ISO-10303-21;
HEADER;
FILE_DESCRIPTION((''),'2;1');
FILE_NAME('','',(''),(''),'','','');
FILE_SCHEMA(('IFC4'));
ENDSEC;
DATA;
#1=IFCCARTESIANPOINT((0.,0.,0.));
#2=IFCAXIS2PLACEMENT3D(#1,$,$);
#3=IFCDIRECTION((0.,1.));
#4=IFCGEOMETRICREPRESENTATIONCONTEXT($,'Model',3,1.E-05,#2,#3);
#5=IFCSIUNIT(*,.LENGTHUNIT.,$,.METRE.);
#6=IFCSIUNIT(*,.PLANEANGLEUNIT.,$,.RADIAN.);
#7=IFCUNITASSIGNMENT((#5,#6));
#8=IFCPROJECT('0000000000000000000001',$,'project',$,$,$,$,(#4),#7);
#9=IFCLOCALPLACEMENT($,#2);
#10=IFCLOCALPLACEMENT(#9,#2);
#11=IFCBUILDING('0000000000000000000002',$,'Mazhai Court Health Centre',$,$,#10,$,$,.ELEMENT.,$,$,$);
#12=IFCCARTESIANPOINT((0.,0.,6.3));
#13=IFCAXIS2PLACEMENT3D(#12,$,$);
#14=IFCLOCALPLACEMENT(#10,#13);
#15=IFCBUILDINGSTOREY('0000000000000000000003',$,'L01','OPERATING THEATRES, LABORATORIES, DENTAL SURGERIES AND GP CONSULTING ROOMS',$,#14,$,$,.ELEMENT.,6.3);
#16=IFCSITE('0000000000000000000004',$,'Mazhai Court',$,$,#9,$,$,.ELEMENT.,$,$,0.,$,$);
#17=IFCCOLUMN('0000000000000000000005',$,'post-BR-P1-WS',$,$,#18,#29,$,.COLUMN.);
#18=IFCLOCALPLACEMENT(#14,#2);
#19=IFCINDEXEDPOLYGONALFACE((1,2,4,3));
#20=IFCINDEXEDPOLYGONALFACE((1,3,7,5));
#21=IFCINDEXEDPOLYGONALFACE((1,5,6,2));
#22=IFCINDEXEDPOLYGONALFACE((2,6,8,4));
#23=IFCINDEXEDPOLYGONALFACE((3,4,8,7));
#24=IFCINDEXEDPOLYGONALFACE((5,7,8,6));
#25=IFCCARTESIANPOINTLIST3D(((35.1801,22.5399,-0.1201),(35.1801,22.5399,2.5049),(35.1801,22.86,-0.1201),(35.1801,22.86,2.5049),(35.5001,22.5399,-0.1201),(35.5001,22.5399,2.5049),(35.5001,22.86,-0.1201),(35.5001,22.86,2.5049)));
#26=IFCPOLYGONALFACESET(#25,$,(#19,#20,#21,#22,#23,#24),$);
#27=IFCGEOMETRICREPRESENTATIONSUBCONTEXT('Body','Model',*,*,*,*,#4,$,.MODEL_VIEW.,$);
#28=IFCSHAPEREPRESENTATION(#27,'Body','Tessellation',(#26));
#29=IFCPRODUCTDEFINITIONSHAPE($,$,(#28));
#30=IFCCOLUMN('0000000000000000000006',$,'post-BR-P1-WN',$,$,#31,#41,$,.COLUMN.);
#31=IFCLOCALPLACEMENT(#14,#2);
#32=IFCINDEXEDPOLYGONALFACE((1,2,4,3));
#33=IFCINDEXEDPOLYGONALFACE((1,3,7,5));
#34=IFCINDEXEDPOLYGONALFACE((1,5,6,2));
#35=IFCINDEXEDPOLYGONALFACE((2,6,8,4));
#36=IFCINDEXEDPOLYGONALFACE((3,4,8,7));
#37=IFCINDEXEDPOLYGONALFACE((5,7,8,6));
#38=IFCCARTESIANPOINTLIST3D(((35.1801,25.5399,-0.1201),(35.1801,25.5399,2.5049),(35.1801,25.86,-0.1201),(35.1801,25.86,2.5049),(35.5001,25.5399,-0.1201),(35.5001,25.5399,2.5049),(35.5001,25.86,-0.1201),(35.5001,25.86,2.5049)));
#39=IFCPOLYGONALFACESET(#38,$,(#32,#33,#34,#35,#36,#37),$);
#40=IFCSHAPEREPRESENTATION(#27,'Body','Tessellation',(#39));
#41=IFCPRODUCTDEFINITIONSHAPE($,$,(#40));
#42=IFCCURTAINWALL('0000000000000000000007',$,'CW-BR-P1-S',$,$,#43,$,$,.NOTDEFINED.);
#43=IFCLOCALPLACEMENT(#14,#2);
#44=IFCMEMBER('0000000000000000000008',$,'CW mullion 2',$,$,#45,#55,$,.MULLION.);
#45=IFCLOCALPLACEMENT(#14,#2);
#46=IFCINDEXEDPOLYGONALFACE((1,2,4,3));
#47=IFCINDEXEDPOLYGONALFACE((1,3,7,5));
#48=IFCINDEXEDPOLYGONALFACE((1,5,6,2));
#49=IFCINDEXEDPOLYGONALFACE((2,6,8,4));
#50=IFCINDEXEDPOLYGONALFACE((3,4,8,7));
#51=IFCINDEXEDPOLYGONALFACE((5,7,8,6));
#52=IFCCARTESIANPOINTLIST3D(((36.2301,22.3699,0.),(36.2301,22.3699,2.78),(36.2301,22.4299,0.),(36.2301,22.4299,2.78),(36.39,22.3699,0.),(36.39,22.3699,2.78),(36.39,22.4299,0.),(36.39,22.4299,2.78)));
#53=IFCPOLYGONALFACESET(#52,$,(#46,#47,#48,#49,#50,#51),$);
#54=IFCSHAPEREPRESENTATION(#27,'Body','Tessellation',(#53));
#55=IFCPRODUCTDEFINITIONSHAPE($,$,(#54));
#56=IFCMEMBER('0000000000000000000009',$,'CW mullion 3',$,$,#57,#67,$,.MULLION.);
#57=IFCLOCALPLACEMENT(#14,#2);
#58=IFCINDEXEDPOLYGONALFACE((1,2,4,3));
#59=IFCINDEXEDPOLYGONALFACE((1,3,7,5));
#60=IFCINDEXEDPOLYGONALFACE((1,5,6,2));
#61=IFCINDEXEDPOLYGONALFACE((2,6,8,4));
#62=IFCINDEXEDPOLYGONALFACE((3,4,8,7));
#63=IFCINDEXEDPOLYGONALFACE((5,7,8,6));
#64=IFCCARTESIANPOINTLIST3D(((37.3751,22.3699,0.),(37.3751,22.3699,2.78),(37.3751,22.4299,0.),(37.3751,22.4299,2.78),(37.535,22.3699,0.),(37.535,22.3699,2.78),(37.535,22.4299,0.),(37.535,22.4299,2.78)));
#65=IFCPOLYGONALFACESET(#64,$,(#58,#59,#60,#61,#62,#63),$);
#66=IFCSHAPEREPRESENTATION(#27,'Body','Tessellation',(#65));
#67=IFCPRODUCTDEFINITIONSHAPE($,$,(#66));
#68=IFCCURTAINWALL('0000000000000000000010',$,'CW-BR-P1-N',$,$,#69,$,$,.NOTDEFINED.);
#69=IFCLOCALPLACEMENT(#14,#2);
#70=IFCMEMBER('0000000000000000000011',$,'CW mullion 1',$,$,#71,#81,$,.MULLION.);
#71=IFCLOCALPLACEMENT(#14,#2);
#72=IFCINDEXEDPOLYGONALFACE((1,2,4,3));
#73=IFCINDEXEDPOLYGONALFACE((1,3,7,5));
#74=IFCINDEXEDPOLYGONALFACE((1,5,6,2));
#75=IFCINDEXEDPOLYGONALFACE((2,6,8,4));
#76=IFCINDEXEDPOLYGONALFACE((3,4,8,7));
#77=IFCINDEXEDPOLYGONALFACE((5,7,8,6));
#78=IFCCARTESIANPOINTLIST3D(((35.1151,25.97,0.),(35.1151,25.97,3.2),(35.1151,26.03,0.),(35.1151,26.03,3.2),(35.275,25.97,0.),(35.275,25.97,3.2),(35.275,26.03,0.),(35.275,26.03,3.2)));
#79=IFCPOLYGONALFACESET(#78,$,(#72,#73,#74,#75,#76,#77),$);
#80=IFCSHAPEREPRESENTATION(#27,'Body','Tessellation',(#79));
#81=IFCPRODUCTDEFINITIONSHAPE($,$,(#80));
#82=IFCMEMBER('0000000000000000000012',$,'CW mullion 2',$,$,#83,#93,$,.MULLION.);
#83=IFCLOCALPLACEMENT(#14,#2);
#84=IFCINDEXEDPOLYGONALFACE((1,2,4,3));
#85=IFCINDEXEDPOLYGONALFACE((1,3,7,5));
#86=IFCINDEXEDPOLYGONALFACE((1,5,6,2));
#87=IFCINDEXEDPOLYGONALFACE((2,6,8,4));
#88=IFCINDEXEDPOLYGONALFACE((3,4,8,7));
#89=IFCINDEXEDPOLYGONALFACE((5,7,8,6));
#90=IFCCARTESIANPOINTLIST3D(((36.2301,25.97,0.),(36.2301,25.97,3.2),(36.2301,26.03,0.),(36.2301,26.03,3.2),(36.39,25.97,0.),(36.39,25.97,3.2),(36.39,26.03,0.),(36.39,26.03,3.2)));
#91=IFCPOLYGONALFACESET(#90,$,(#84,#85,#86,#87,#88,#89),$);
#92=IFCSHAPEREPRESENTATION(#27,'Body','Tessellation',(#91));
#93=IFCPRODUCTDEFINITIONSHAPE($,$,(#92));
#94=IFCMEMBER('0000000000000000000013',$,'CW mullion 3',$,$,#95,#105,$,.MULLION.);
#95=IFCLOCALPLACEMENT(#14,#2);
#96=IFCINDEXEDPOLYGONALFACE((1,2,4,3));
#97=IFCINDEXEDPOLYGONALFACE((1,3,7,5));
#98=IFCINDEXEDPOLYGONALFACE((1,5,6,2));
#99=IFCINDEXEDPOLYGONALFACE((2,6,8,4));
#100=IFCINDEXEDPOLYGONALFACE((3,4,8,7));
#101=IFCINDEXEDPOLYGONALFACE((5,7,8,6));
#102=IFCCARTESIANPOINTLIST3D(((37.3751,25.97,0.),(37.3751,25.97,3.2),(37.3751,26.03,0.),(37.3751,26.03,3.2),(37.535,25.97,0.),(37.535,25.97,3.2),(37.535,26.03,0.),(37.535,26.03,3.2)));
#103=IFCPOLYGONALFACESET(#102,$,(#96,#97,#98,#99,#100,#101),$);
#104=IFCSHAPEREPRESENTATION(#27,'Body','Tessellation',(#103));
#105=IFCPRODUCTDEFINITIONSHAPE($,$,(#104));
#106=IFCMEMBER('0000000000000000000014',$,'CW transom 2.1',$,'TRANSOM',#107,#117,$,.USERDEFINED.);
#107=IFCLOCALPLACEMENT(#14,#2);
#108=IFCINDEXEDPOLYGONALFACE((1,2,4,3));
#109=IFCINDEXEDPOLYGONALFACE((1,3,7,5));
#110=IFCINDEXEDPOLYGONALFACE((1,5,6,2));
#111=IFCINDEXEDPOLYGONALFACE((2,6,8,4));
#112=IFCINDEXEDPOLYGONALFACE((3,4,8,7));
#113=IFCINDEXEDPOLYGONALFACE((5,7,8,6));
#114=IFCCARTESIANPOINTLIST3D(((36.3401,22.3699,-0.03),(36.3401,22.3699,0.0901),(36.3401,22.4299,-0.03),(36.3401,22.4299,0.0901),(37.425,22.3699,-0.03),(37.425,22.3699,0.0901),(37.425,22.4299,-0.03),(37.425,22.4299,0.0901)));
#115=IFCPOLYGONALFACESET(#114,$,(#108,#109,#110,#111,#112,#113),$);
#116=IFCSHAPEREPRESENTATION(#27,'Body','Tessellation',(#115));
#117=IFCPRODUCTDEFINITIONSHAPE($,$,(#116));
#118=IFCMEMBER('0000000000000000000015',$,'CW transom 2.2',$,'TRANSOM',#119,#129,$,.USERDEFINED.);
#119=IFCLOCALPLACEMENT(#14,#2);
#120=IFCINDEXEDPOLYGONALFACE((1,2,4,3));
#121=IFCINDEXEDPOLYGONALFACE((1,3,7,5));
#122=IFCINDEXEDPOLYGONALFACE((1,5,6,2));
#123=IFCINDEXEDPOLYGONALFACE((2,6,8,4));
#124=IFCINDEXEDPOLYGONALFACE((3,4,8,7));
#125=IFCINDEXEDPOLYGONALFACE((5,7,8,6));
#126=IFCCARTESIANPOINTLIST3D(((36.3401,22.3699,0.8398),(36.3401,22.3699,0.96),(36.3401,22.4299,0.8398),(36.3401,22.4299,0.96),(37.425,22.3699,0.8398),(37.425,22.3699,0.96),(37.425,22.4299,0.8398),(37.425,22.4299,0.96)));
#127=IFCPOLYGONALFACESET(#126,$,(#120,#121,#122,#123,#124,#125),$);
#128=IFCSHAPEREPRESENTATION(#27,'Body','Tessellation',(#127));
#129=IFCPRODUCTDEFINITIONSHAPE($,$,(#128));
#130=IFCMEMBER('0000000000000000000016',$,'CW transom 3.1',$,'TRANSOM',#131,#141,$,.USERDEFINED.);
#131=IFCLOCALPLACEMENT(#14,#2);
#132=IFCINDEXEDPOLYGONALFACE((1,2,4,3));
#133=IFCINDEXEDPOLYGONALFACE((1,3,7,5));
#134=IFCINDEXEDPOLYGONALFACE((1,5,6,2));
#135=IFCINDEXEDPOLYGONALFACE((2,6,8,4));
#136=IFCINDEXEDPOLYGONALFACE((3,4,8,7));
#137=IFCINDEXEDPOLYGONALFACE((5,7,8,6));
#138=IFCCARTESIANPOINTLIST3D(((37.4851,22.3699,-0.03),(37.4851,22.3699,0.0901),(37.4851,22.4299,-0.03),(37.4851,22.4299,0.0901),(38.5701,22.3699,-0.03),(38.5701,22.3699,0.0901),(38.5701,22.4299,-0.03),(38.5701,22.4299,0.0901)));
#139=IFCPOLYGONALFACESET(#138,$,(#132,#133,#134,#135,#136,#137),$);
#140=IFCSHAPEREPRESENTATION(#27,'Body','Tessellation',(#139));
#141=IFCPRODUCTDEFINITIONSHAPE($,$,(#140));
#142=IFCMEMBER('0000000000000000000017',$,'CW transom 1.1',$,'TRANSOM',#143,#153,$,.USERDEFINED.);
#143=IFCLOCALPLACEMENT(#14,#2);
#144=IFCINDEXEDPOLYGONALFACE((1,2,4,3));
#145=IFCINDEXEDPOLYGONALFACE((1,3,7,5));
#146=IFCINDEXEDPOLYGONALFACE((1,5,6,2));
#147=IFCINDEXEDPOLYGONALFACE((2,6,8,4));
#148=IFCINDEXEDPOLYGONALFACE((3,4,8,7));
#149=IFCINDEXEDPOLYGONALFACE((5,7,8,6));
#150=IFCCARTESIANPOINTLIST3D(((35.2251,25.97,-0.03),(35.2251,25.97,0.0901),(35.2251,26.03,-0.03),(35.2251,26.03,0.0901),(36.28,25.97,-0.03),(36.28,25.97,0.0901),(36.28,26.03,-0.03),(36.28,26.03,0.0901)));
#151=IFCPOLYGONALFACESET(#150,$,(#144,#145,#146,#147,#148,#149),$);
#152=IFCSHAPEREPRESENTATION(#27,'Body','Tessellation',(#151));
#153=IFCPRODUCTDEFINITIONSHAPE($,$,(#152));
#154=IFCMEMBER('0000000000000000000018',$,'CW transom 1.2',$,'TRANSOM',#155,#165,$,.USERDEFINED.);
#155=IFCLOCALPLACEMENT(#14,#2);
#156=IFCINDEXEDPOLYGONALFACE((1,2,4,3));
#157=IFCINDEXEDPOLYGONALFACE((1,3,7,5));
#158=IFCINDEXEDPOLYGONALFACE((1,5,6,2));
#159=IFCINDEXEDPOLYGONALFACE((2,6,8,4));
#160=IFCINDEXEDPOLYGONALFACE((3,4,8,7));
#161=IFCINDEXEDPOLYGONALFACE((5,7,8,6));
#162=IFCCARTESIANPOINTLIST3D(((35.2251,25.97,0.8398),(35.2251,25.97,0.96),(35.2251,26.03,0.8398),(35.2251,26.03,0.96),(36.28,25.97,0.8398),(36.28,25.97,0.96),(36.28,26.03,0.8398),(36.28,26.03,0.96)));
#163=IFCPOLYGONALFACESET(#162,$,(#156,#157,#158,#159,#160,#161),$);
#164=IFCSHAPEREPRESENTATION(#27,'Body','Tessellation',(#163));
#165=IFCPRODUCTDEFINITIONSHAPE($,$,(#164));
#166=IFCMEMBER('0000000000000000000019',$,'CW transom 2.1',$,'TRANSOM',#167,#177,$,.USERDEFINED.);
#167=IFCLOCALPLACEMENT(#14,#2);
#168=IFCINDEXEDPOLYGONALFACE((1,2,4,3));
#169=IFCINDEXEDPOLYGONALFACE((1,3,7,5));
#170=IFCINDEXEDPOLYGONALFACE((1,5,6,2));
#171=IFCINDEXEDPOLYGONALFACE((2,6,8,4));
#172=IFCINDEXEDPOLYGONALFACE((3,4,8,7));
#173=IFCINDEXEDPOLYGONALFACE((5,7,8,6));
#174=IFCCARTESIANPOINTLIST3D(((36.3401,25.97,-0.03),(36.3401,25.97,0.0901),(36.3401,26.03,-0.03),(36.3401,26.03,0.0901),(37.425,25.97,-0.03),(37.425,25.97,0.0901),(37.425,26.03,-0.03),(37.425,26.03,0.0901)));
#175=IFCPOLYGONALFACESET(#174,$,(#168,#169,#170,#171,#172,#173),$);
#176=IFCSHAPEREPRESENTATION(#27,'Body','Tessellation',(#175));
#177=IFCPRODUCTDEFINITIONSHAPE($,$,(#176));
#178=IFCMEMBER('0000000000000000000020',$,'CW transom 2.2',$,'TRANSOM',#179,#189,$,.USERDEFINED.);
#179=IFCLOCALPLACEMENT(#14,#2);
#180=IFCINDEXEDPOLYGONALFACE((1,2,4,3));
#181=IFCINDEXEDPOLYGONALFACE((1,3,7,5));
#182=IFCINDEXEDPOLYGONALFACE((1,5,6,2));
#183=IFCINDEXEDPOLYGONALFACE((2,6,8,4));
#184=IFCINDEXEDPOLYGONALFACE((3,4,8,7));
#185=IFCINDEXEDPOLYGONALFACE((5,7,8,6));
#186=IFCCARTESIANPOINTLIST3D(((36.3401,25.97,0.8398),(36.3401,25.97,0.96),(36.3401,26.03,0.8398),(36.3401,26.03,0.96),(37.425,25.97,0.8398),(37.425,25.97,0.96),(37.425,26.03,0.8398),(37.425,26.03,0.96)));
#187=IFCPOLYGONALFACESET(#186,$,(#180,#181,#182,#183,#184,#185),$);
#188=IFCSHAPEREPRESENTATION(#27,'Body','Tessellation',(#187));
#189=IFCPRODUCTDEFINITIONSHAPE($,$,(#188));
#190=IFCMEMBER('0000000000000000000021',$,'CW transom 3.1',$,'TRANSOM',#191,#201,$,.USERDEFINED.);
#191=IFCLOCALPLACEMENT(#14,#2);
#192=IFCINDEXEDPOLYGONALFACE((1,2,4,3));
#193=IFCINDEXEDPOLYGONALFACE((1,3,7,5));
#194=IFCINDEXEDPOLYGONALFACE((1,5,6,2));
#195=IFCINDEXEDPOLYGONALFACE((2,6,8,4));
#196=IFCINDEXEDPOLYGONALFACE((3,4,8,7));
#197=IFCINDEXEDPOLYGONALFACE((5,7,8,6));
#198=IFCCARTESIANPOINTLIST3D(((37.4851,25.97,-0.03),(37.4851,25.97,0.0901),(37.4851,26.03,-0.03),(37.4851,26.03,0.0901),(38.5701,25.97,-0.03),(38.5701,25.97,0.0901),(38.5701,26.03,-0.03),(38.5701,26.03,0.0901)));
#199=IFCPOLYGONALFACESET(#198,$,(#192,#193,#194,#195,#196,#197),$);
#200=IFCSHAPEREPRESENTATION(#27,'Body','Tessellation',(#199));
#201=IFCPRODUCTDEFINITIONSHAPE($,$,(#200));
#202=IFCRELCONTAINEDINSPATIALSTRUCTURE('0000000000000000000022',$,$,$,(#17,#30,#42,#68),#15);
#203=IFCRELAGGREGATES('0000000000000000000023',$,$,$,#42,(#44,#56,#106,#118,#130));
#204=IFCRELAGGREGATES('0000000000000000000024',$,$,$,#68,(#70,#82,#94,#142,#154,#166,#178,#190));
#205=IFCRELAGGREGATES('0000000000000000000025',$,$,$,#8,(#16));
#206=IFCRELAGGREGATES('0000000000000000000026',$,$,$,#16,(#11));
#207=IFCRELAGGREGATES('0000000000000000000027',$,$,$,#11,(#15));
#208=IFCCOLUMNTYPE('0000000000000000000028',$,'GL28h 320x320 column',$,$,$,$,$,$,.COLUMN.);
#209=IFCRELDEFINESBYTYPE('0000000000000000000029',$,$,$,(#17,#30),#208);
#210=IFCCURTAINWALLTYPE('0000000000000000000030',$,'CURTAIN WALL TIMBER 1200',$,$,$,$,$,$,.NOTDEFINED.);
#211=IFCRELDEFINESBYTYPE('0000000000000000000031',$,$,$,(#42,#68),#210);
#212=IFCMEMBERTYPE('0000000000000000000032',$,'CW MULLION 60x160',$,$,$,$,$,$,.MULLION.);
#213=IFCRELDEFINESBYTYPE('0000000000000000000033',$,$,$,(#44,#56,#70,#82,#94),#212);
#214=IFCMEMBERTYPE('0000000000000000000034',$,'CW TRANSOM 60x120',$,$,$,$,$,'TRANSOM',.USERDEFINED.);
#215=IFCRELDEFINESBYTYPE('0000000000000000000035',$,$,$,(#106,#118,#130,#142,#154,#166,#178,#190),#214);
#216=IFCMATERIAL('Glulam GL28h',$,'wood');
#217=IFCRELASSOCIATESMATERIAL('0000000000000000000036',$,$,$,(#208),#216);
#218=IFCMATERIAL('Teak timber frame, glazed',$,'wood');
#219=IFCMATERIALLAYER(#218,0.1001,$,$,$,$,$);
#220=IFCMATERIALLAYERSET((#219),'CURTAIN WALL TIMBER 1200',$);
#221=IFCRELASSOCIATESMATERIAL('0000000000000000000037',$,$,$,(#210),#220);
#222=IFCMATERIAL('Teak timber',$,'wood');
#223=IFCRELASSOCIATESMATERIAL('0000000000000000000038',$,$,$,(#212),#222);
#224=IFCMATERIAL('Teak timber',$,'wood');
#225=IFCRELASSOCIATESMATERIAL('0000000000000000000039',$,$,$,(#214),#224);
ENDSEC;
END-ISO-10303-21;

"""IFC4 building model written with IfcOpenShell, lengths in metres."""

from ifc_helpers import new_model, si_unit, direction, frame, origin, origin_2d, place, context, subcontext, project, spatial, rectangle, extrude, material, layer, layer_set, material_profile, profile_set, type_object, element, aggregate, save


model = new_model("IFC4")

# Units and contexts
model_context = context("Model", 3, precision=1e-05, world=origin(), true_north=direction((0.0, 1.0)))
body_context = subcontext(model_context, "Body", "Model", "MODEL_VIEW")
ifc_project = project(units=[si_unit("LENGTHUNIT", "METRE"), si_unit("PLANEANGLEUNIT", "RADIAN")], contexts=[model_context])

# Site, building, storey
site_placement = place(None, origin())
site = spatial("IfcSite", under=ifc_project, at=site_placement, Name="Mazhai Court", CompositionType="ELEMENT", RefElevation=0.0)
building_placement = place(site_placement, origin())
building = spatial("IfcBuilding", under=site, at=building_placement, Name="Mazhai Court Health Centre", CompositionType="ELEMENT")
storey_placement = place(building_placement, frame((0.0, 0.0, 6.3)))
storey = spatial("IfcBuildingStorey", under=building, at=storey_placement, Name="L01", Description="OPERATING THEATRES, LABORATORIES, DENTAL SURGERIES AND GP CONSULTING ROOMS", CompositionType="ELEMENT", Elevation=6.3)

# Columns
ifc_material_1 = material(Name="Glulam GL28h", Category="wood")
ifc_material_profile_1 = material_profile(ifc_material_1, rectangle(XDim=0.3201, YDim=0.3201, at=origin_2d()), Name="GL28h 320x320")
ifc_profile_set_1 = profile_set([ifc_material_profile_1], Name="Glulam GL28h")
column_type = type_object("IfcColumnType", Name="GL28h 320x320 column", PredefinedType="COLUMN", material=ifc_profile_set_1)
for number, where, z_axis, x_axis, name in (
    (1, (35.3401, 22.7, -0.1201), (0.0, 0.0, 1.0), (1.0, 0.0, 0.0), "post-BR-P1-WS"),
    (2, (35.3401, 25.7, -0.1201), (0.0, 0.0, 1.0), (1.0, 0.0, 0.0), "post-BR-P1-WN"),
):
    element("IfcColumn", number, at=place(storey_placement, frame(where, z_axis=z_axis, x_axis=x_axis)), inside=storey, type_object=column_type, Name=name, PredefinedType="COLUMN", context=body_context, shape_type="SweptSolid", body=[
        extrude(rectangle(XDim=0.3201, YDim=0.3201, at=origin_2d()), origin(), (0.0, 0.0, 1.0), 2.625),
    ])

# Curtain walls, members
ifc_material_2 = material(Name="Teak timber frame, glazed", Category="wood")
ifc_layer_1 = layer(ifc_material_2, 0.1001)
ifc_layer_set_1 = layer_set([ifc_layer_1], Name="CURTAIN WALL TIMBER 1200")
curtain_wall_type = type_object("IfcCurtainWallType", Name="CURTAIN WALL TIMBER 1200", PredefinedType="NOTDEFINED", material=ifc_layer_set_1)
curtain_wall_1_placement = place(storey_placement, origin())
curtain_wall_1 = element("IfcCurtainWall", 3, at=curtain_wall_1_placement, inside=storey, type_object=curtain_wall_type, Name="CW-BR-P1-S", PredefinedType="NOTDEFINED")
ifc_material_3 = material(Name="Teak timber", Category="wood")
ifc_material_profile_2 = material_profile(ifc_material_3, rectangle(XDim=0.0601, YDim=0.1599, at=origin_2d()), Name="CW MULLION 60x160")
ifc_profile_set_2 = profile_set([ifc_material_profile_2], Name="Teak timber")
member_type_1 = type_object("IfcMemberType", Name="CW MULLION 60x160", PredefinedType="MULLION", material=ifc_profile_set_2)
member_1_placement = place(storey_placement, frame((36.3101, 22.3999, 0.0), z_axis=(0.0, 0.0, 1.0), x_axis=(0.0, 1.0, 0.0)))
member_1 = element("IfcMember", 4, at=member_1_placement, type_object=member_type_1, Name="CW mullion 2", PredefinedType="MULLION", context=body_context, shape_type="SweptSolid", body=[
    extrude(rectangle(XDim=0.0601, YDim=0.1599, at=origin_2d()), origin(), (0.0, 0.0, 1.0), 2.78),
])
member_2_placement = place(storey_placement, frame((37.4551, 22.3999, 0.0), z_axis=(0.0, 0.0, 1.0), x_axis=(0.0, 1.0, 0.0)))
member_2 = element("IfcMember", 5, at=member_2_placement, type_object=member_type_1, Name="CW mullion 3", PredefinedType="MULLION", context=body_context, shape_type="SweptSolid", body=[
    extrude(rectangle(XDim=0.0601, YDim=0.1599, at=origin_2d()), origin(), (0.0, 0.0, 1.0), 2.78),
])
curtain_wall_2_placement = place(storey_placement, origin())
curtain_wall_2 = element("IfcCurtainWall", 6, at=curtain_wall_2_placement, inside=storey, type_object=curtain_wall_type, Name="CW-BR-P1-N", PredefinedType="NOTDEFINED")
member_3_placement = place(storey_placement, frame((35.1951, 26.0, 0.0), z_axis=(0.0, 0.0, 1.0), x_axis=(0.0, 1.0, 0.0)))
member_3 = element("IfcMember", 7, at=member_3_placement, type_object=member_type_1, Name="CW mullion 1", PredefinedType="MULLION", context=body_context, shape_type="SweptSolid", body=[
    extrude(rectangle(XDim=0.0601, YDim=0.1599, at=origin_2d()), origin(), (0.0, 0.0, 1.0), 3.2),
])
member_4_placement = place(storey_placement, frame((36.3101, 26.0, 0.0), z_axis=(0.0, 0.0, 1.0), x_axis=(0.0, 1.0, 0.0)))
member_4 = element("IfcMember", 8, at=member_4_placement, type_object=member_type_1, Name="CW mullion 2", PredefinedType="MULLION", context=body_context, shape_type="SweptSolid", body=[
    extrude(rectangle(XDim=0.0601, YDim=0.1599, at=origin_2d()), origin(), (0.0, 0.0, 1.0), 3.2),
])
member_5_placement = place(storey_placement, frame((37.4551, 26.0, 0.0), z_axis=(0.0, 0.0, 1.0), x_axis=(0.0, 1.0, 0.0)))
member_5 = element("IfcMember", 9, at=member_5_placement, type_object=member_type_1, Name="CW mullion 3", PredefinedType="MULLION", context=body_context, shape_type="SweptSolid", body=[
    extrude(rectangle(XDim=0.0601, YDim=0.1599, at=origin_2d()), origin(), (0.0, 0.0, 1.0), 3.2),
])

# Members
ifc_material_4 = material(Name="Teak timber", Category="wood")
ifc_material_profile_3 = material_profile(ifc_material_4, rectangle(XDim=0.0601, YDim=0.1201, at=origin_2d()), Name="CW TRANSOM 60x120")
ifc_profile_set_3 = profile_set([ifc_material_profile_3], Name="Teak timber")
member_type_2 = type_object("IfcMemberType", Name="CW TRANSOM 60x120", ElementType="TRANSOM", PredefinedType="USERDEFINED", material=ifc_profile_set_3)
member_6_placement = place(storey_placement, frame((36.3401, 22.3999, 0.03), z_axis=(1.0, 0.0, 0.0), x_axis=(0.0, 1.0, 0.0)))
member_6 = element("IfcMember", 10, at=member_6_placement, type_object=member_type_2, Name="CW transom 2.1", ObjectType="TRANSOM", PredefinedType="USERDEFINED", context=body_context, shape_type="SweptSolid", body=[
    extrude(rectangle(XDim=0.0601, YDim=0.1201, at=origin_2d()), origin(), (0.0, 0.0, 1.0), 1.085),
])
member_7_placement = place(storey_placement, frame((36.3401, 22.3999, 0.8999), z_axis=(1.0, 0.0, 0.0), x_axis=(0.0, 1.0, 0.0)))
member_7 = element("IfcMember", 11, at=member_7_placement, type_object=member_type_2, Name="CW transom 2.2", ObjectType="TRANSOM", PredefinedType="USERDEFINED", context=body_context, shape_type="SweptSolid", body=[
    extrude(rectangle(XDim=0.0601, YDim=0.1201, at=origin_2d()), origin(), (0.0, 0.0, 1.0), 1.085),
])
member_8_placement = place(storey_placement, frame((37.4851, 22.3999, 0.03), z_axis=(1.0, 0.0, 0.0), x_axis=(0.0, 1.0, 0.0)))
member_8 = element("IfcMember", 12, at=member_8_placement, type_object=member_type_2, Name="CW transom 3.1", ObjectType="TRANSOM", PredefinedType="USERDEFINED", context=body_context, shape_type="SweptSolid", body=[
    extrude(rectangle(XDim=0.0601, YDim=0.1201, at=origin_2d()), origin(), (0.0, 0.0, 1.0), 1.085),
])
member_9_placement = place(storey_placement, frame((35.2251, 26.0, 0.03), z_axis=(1.0, 0.0, 0.0), x_axis=(0.0, 1.0, 0.0)))
member_9 = element("IfcMember", 13, at=member_9_placement, type_object=member_type_2, Name="CW transom 1.1", ObjectType="TRANSOM", PredefinedType="USERDEFINED", context=body_context, shape_type="SweptSolid", body=[
    extrude(rectangle(XDim=0.0601, YDim=0.1201, at=origin_2d()), origin(), (0.0, 0.0, 1.0), 1.0549),
])
member_10_placement = place(storey_placement, frame((35.2251, 26.0, 0.8999), z_axis=(1.0, 0.0, 0.0), x_axis=(0.0, 1.0, 0.0)))
member_10 = element("IfcMember", 14, at=member_10_placement, type_object=member_type_2, Name="CW transom 1.2", ObjectType="TRANSOM", PredefinedType="USERDEFINED", context=body_context, shape_type="SweptSolid", body=[
    extrude(rectangle(XDim=0.0601, YDim=0.1201, at=origin_2d()), origin(), (0.0, 0.0, 1.0), 1.0549),
])
member_11_placement = place(storey_placement, frame((36.3401, 26.0, 0.03), z_axis=(1.0, 0.0, 0.0), x_axis=(0.0, 1.0, 0.0)))
member_11 = element("IfcMember", 15, at=member_11_placement, type_object=member_type_2, Name="CW transom 2.1", ObjectType="TRANSOM", PredefinedType="USERDEFINED", context=body_context, shape_type="SweptSolid", body=[
    extrude(rectangle(XDim=0.0601, YDim=0.1201, at=origin_2d()), origin(), (0.0, 0.0, 1.0), 1.085),
])
member_12_placement = place(storey_placement, frame((36.3401, 26.0, 0.8999), z_axis=(1.0, 0.0, 0.0), x_axis=(0.0, 1.0, 0.0)))
member_12 = element("IfcMember", 16, at=member_12_placement, type_object=member_type_2, Name="CW transom 2.2", ObjectType="TRANSOM", PredefinedType="USERDEFINED", context=body_context, shape_type="SweptSolid", body=[
    extrude(rectangle(XDim=0.0601, YDim=0.1201, at=origin_2d()), origin(), (0.0, 0.0, 1.0), 1.085),
])
member_13_placement = place(storey_placement, frame((37.4851, 26.0, 0.03), z_axis=(1.0, 0.0, 0.0), x_axis=(0.0, 1.0, 0.0)))
member_13 = element("IfcMember", 17, at=member_13_placement, type_object=member_type_2, Name="CW transom 3.1", ObjectType="TRANSOM", PredefinedType="USERDEFINED", context=body_context, shape_type="SweptSolid", body=[
    extrude(rectangle(XDim=0.0601, YDim=0.1201, at=origin_2d()), origin(), (0.0, 0.0, 1.0), 1.085),
])

aggregate(curtain_wall_1, [member_1, member_2, member_6, member_7, member_8])
aggregate(curtain_wall_2, [member_3, member_4, member_5, member_9, member_10, member_11, member_12, member_13])

save(model, "model.ifc")
